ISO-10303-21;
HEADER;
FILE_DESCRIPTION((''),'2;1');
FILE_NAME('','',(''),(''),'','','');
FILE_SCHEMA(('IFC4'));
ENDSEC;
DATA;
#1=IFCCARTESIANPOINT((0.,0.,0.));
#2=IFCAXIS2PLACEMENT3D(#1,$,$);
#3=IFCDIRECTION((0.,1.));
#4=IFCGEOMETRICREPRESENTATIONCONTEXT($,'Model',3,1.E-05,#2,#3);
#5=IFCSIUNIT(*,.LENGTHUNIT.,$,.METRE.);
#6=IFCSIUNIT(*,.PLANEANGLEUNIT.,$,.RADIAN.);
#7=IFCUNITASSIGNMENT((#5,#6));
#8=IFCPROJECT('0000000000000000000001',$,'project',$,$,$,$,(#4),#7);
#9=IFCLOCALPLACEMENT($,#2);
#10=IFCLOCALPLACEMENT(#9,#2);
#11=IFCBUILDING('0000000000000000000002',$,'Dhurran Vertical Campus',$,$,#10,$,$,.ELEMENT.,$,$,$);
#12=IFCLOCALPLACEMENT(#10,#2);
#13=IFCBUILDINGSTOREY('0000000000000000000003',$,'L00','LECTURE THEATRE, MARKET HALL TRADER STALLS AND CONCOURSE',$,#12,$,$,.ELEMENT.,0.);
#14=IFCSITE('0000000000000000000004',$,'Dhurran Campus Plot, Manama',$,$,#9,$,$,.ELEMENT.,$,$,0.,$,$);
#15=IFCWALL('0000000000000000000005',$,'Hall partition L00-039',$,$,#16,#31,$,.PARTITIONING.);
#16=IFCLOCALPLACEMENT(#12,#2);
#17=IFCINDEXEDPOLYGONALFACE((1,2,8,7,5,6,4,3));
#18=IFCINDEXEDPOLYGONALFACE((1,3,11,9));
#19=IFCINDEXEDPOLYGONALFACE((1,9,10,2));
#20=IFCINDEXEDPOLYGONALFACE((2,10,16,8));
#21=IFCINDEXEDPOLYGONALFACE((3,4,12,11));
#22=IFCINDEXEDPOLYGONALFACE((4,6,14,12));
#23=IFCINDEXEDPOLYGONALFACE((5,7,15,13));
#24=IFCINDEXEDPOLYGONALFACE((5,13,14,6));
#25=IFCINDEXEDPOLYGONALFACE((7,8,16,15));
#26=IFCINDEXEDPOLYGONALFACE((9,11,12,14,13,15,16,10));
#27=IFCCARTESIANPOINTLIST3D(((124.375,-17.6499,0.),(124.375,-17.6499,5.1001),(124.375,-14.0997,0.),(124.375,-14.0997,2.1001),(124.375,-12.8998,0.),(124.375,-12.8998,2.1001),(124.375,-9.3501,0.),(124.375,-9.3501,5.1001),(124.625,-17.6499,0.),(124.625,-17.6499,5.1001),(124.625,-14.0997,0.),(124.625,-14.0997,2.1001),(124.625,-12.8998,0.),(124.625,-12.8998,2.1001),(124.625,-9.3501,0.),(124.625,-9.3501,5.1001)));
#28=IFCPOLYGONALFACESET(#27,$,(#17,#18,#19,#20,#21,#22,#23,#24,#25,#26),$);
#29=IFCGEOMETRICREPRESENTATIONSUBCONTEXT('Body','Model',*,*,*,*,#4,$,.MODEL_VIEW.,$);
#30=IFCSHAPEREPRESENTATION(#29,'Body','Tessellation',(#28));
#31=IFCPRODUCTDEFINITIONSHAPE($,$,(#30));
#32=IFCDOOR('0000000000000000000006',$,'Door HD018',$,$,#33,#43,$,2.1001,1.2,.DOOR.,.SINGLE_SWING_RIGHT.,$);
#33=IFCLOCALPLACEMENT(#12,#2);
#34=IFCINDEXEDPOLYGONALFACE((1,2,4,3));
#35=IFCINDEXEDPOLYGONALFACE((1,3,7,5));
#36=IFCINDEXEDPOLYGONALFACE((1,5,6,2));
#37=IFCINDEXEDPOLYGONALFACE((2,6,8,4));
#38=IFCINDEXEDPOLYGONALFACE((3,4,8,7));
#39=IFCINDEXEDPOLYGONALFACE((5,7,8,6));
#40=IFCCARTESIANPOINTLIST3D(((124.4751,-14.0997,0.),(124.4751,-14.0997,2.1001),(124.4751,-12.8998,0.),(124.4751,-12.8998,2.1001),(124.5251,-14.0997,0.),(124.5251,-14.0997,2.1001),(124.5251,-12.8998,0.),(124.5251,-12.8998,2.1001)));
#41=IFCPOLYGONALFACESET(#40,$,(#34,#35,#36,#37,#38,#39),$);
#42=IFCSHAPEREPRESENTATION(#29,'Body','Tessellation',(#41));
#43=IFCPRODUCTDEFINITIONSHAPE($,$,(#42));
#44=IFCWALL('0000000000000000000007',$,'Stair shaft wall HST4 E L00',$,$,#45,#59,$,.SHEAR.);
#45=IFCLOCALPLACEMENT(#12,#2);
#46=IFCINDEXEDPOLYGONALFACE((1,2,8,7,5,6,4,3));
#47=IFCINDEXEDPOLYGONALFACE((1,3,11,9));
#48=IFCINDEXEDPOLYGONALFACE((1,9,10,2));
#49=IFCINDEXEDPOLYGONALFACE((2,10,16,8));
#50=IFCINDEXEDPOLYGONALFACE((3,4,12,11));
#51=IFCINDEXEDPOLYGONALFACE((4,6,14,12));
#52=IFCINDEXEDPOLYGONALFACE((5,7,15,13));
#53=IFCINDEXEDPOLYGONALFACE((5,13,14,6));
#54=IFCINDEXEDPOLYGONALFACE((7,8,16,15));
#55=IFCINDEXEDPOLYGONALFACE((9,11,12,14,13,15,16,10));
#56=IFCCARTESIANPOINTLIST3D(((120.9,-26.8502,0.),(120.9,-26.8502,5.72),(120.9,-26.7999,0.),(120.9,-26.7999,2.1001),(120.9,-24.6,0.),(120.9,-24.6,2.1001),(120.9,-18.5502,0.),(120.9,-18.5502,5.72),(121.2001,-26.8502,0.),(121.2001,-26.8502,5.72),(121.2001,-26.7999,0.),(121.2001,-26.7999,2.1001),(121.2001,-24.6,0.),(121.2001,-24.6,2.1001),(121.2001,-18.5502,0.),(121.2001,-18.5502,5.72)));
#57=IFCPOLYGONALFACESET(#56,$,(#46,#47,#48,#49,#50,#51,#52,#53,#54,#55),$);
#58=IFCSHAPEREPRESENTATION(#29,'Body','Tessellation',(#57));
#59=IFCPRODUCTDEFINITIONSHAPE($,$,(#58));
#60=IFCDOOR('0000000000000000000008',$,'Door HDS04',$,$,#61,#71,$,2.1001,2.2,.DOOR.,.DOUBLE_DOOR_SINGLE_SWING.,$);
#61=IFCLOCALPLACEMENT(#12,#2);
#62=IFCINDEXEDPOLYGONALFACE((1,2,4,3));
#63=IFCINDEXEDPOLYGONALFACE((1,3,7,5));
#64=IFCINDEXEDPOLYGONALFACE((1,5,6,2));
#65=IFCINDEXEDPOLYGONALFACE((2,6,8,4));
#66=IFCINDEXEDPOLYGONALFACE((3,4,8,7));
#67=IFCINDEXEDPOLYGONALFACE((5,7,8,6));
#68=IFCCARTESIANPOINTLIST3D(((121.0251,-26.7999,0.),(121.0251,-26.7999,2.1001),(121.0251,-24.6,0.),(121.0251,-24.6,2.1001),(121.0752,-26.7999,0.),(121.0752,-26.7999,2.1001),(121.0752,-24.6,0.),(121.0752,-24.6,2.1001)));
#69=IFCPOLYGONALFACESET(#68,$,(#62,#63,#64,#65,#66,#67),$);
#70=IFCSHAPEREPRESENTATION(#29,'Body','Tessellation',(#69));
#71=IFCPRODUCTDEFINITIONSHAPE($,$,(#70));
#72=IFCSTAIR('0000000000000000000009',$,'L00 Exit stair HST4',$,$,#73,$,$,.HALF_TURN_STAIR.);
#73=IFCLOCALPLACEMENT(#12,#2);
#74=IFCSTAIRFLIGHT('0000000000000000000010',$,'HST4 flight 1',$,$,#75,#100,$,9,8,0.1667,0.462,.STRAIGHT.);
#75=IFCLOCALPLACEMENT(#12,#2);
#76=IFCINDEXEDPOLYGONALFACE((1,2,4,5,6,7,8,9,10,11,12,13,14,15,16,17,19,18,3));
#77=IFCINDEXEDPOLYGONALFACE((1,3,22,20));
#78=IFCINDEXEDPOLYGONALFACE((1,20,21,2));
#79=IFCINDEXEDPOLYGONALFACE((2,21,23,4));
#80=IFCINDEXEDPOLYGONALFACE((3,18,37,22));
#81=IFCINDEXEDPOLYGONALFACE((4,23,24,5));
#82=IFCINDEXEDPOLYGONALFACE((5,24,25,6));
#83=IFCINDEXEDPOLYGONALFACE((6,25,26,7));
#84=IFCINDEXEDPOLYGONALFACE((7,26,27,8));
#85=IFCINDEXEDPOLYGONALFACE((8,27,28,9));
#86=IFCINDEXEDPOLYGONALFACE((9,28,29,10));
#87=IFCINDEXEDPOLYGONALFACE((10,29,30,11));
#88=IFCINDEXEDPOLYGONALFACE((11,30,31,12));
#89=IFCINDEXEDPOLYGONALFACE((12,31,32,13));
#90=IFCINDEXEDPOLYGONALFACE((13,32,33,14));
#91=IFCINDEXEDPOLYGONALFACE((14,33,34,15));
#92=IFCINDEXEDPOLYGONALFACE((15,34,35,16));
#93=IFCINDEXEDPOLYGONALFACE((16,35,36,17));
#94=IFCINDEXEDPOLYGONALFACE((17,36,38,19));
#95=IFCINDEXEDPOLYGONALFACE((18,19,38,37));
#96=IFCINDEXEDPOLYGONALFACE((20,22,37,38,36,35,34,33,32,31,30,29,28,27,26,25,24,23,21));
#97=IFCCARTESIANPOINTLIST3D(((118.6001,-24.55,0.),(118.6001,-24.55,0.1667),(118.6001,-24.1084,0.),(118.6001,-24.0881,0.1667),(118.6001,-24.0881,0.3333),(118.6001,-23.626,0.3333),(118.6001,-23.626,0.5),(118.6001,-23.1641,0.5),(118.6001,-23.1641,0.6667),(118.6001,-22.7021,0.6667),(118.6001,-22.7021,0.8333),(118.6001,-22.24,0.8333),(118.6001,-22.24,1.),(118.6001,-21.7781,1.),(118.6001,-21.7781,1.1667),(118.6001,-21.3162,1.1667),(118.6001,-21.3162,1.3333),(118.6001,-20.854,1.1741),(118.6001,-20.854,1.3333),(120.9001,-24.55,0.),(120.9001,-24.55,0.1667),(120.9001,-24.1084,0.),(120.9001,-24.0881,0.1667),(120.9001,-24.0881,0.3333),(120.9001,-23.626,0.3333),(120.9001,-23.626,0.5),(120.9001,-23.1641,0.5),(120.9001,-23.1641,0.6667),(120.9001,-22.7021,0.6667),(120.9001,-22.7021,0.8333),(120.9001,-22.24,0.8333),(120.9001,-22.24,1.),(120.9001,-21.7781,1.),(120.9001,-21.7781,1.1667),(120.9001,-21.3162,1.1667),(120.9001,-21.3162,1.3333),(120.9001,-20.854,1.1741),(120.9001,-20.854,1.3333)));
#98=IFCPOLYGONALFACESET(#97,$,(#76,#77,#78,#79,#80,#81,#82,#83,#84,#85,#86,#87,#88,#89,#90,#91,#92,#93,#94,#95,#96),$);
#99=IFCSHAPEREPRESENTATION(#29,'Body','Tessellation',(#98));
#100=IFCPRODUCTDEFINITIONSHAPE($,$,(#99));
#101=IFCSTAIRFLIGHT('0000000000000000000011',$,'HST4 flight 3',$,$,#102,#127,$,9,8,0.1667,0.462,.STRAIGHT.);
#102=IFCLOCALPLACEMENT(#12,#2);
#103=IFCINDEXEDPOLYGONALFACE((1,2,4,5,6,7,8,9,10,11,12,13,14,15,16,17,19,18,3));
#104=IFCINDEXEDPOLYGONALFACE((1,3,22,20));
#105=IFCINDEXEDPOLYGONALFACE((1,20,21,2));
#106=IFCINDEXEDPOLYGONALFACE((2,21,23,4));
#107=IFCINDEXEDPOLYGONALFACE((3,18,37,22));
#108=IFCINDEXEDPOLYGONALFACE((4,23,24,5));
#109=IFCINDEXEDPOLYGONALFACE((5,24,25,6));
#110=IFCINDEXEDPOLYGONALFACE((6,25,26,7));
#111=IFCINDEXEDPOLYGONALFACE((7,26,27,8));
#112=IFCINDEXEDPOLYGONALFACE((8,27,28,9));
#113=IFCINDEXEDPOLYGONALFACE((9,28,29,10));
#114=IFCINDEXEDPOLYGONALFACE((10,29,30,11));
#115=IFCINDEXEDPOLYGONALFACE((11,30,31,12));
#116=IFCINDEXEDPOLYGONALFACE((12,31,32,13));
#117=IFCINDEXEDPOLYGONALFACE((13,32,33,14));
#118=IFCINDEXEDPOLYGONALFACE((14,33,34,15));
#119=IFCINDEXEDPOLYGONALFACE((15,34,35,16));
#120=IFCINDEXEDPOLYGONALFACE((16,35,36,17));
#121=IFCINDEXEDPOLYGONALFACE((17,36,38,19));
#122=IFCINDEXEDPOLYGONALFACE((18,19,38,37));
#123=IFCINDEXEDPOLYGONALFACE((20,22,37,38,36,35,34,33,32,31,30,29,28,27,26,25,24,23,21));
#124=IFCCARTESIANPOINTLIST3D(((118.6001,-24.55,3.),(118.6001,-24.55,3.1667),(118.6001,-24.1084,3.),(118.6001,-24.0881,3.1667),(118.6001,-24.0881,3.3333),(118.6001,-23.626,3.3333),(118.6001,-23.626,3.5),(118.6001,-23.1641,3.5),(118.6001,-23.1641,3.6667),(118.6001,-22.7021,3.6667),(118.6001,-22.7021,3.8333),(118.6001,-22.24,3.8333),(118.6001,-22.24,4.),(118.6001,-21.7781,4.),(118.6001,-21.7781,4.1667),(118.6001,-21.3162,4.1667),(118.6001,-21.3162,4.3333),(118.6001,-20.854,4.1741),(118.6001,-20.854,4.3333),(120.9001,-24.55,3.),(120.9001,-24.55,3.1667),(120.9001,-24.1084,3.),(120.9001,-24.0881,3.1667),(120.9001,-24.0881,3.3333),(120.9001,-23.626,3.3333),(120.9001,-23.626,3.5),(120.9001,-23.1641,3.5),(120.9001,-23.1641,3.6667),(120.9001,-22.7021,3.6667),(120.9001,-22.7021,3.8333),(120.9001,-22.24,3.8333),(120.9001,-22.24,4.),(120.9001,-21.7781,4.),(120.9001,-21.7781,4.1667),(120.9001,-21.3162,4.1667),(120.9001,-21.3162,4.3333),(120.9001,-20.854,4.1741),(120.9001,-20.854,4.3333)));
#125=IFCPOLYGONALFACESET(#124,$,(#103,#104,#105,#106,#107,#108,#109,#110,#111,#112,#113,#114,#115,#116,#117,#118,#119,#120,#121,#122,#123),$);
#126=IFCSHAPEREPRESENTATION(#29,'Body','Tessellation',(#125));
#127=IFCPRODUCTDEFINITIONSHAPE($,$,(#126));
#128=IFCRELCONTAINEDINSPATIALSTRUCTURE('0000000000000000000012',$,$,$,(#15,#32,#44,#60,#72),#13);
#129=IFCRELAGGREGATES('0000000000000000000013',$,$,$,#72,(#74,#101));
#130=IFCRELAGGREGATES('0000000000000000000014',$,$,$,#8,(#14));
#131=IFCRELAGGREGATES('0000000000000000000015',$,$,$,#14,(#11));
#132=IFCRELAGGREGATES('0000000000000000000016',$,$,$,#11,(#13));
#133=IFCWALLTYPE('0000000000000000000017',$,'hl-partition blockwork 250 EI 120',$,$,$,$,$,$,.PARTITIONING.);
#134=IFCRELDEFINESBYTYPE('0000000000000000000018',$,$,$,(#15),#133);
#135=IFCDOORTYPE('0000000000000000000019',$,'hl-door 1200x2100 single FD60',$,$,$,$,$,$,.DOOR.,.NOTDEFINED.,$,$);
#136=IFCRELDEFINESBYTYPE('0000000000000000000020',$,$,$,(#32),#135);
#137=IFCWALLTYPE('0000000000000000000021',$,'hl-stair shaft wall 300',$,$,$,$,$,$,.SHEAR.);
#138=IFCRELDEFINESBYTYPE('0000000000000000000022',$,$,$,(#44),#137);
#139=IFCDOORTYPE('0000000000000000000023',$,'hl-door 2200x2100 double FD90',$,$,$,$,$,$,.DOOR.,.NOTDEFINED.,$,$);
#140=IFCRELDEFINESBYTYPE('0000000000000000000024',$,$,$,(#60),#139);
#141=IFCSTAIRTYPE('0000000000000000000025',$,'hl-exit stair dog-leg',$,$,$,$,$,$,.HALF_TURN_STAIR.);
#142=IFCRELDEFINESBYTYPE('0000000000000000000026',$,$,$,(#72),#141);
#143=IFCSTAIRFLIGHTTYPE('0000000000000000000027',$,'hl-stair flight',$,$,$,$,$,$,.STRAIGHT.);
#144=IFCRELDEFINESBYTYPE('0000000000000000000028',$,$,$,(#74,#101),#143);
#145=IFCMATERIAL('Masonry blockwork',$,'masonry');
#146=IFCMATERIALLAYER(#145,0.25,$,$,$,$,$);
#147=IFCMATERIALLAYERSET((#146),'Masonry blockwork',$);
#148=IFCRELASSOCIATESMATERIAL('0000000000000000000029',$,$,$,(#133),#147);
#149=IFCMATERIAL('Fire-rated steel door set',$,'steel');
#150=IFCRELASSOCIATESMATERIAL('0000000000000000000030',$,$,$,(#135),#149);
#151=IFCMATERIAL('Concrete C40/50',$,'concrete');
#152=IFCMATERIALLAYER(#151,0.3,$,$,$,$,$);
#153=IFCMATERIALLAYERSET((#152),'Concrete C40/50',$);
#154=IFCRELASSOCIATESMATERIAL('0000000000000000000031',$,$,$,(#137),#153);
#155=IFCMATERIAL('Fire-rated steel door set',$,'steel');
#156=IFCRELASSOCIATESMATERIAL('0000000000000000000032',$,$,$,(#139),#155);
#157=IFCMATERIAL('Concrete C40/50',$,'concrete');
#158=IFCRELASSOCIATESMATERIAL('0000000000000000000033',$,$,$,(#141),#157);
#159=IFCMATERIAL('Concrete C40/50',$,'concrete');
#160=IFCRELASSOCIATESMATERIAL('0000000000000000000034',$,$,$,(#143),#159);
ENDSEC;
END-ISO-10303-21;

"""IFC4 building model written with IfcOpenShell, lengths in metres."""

from ifc_helpers import new_model, si_unit, direction, frame, frame_2d, origin, place, context, subcontext, project, spatial, polyline, rectangle, outline, extrude, material, layer, layer_set, type_object, element, fill, aggregate, save


model = new_model("IFC4")

# Units and contexts
model_context = context("Model", 3, precision=1e-05, world=origin(), true_north=direction((0.0, 1.0)))
body_context = subcontext(model_context, "Body", "Model", "MODEL_VIEW")
ifc_project = project(units=[si_unit("LENGTHUNIT", "METRE"), si_unit("PLANEANGLEUNIT", "RADIAN")], contexts=[model_context])

# Site, building, storey
site_placement = place(None, origin())
site = spatial("IfcSite", under=ifc_project, at=site_placement, Name="Dhurran Campus Plot, Manama", CompositionType="ELEMENT", RefElevation=0.0)
building_placement = place(site_placement, origin())
building = spatial("IfcBuilding", under=site, at=building_placement, Name="Dhurran Vertical Campus", CompositionType="ELEMENT")
storey_placement = place(building_placement, origin())
storey = spatial("IfcBuildingStorey", under=building, at=storey_placement, Name="L00", Description="LECTURE THEATRE, MARKET HALL TRADER STALLS AND CONCOURSE", CompositionType="ELEMENT", Elevation=0.0)

# Shared definitions
ifc_material_1 = material(Name="Masonry blockwork", Category="masonry")
ifc_layer_1 = layer(ifc_material_1, 0.25)
ifc_layer_set_1 = layer_set([ifc_layer_1], Name="Masonry blockwork")
wall_type_1 = type_object("IfcWallType", Name="hl-partition blockwork 250 EI 120", PredefinedType="PARTITIONING", material=ifc_layer_set_1)

# Walls, openings, doors
wall_1_placement = place(storey_placement, frame((124.5, -17.6499, 0.0), z_axis=(0.0, 0.0, 1.0), x_axis=(0.0, 1.0, 0.0)))
wall_1 = element("IfcWall", 1, at=wall_1_placement, inside=storey, type_object=wall_type_1, Name="Hall partition L00-039", PredefinedType="PARTITIONING", context=body_context, shape_type="SweptSolid", body=[
    extrude(rectangle(XDim=8.2998, YDim=0.25, at=frame_2d((4.1499, 0.0))), origin(), (0.0, 0.0, 1.0), 5.1001),
])
opening_1_placement = place(wall_1_placement, frame((3.55, 0.0, 0.0)))
opening_1 = element("IfcOpeningElement", 2, at=opening_1_placement, cuts=wall_1, PredefinedType="OPENING", context=body_context, shape_type="SweptSolid", body=[
    extrude(rectangle(XDim=1.2, YDim=2.1001, at=frame_2d((0.6001, 1.05))), frame((0.0, 0.135, 0.0), z_axis=(0.0, -1.0, 0.0), x_axis=(1.0, 0.0, 0.0)), (0.0, 0.0, 1.0), 0.27),
])
ifc_material_2 = material(Name="Fire-rated steel door set", Category="steel")
door_type_1 = type_object("IfcDoorType", Name="hl-door 1200x2100 single FD60", OperationType="NOTDEFINED", PredefinedType="DOOR", material=ifc_material_2)
door_1_placement = place(opening_1_placement, origin())
door_1 = element("IfcDoor", 3, at=door_1_placement, inside=storey, type_object=door_type_1, Name="Door HD018", OperationType="SINGLE_SWING_RIGHT", OverallHeight=2.1001, OverallWidth=1.2, PredefinedType="DOOR", context=body_context, shape_type="SweptSolid", body=[
    extrude(rectangle(XDim=1.2, YDim=2.1001, at=frame_2d((0.6001, 1.05))), frame((0.0, 0.0249, 0.0), z_axis=(0.0, -1.0, 0.0), x_axis=(1.0, 0.0, 0.0)), (0.0, 0.0, 1.0), 0.05),
])
fill(opening_1, door_1)
ifc_material_3 = material(Name="Concrete C40/50", Category="concrete")
ifc_layer_2 = layer(ifc_material_3, 0.3)
ifc_layer_set_2 = layer_set([ifc_layer_2], Name="Concrete C40/50")
wall_type_2 = type_object("IfcWallType", Name="hl-stair shaft wall 300", PredefinedType="SHEAR", material=ifc_layer_set_2)
wall_2_placement = place(storey_placement, frame((121.05, -26.8501, 0.0), z_axis=(0.0, 0.0, 1.0), x_axis=(0.0, 1.0, 0.0)))
wall_2 = element("IfcWall", 4, at=wall_2_placement, inside=storey, type_object=wall_type_2, Name="Stair shaft wall HST4 E L00", PredefinedType="SHEAR", context=body_context, shape_type="SweptSolid", body=[
    extrude(rectangle(XDim=8.3, YDim=0.3, at=frame_2d((4.1499, 0.0))), origin(), (0.0, 0.0, 1.0), 5.72),
])
opening_2_placement = place(wall_2_placement, frame((0.05, 0.0, 0.0)))
opening_2 = element("IfcOpeningElement", 5, at=opening_2_placement, cuts=wall_2, PredefinedType="OPENING", context=body_context, shape_type="SweptSolid", body=[
    extrude(rectangle(XDim=2.2, YDim=2.1001, at=frame_2d((1.1001, 1.05))), frame((0.0, 0.1599, 0.0), z_axis=(0.0, -1.0, 0.0), x_axis=(1.0, 0.0, 0.0)), (0.0, 0.0, 1.0), 0.3201),
])
ifc_material_4 = material(Name="Fire-rated steel door set", Category="steel")
door_type_2 = type_object("IfcDoorType", Name="hl-door 2200x2100 double FD90", OperationType="NOTDEFINED", PredefinedType="DOOR", material=ifc_material_4)
door_2_placement = place(opening_2_placement, origin())
door_2 = element("IfcDoor", 6, at=door_2_placement, inside=storey, type_object=door_type_2, Name="Door HDS04", OperationType="DOUBLE_DOOR_SINGLE_SWING", OverallHeight=2.1001, OverallWidth=2.2, PredefinedType="DOOR", context=body_context, shape_type="SweptSolid", body=[
    extrude(rectangle(XDim=2.2, YDim=2.1001, at=frame_2d((1.1001, 1.05))), frame((0.0, 0.0249, 0.0), z_axis=(0.0, -1.0, 0.0), x_axis=(1.0, 0.0, 0.0)), (0.0, 0.0, 1.0), 0.05),
])
fill(opening_2, door_2)

# Stair, stair flights
ifc_material_5 = material(Name="Concrete C40/50", Category="concrete")
stair_type = type_object("IfcStairType", Name="hl-exit stair dog-leg", PredefinedType="HALF_TURN_STAIR", material=ifc_material_5)
stair_placement = place(storey_placement, origin())
stair = element("IfcStair", 7, at=stair_placement, inside=storey, type_object=stair_type, Name="L00 Exit stair HST4", PredefinedType="HALF_TURN_STAIR")
ifc_material_6 = material(Name="Concrete C40/50", Category="concrete")
stair_flight_type = type_object("IfcStairFlightType", Name="hl-stair flight", PredefinedType="STRAIGHT", material=ifc_material_6)
stair_flight_1_placement = place(storey_placement, frame((119.75, -24.55, 0.0), z_axis=(0.0, 0.0, 1.0), x_axis=(0.0, 1.0, 0.0)))
stair_flight_1 = element("IfcStairFlight", 8, at=stair_flight_1_placement, type_object=stair_flight_type, Name="HST4 flight 1", NumberOfRisers=9, NumberOfTreads=8, PredefinedType="STRAIGHT", RiserHeight=0.1667, TreadLength=0.462, context=body_context, shape_type="SweptSolid", body=[
    extrude(outline(polyline([(0.0, 0.0), (0.0, 0.1667), (0.4619, 0.1667), (0.4619, 0.3333), (0.9241, 0.3333), (0.9241, 0.5), (1.386, 0.5), (1.386, 0.6667), (1.8479, 0.6667), (1.8479, 0.8333), (2.3101, 0.8333), (2.3101, 1.0), (2.772, 1.0), (2.772, 1.1667), (3.2339, 1.1667), (3.2339, 1.3333), (3.696, 1.3333), (3.696, 1.5), (3.696, 1.1741), (0.4417, 0.0), (0.0, 0.0)])), frame((0.0, 1.1499, 0.0), z_axis=(0.0, -1.0, 0.0), x_axis=(1.0, 0.0, 0.0)), (0.0, 0.0, 1.0), 2.3),
])
stair_flight_2_placement = place(storey_placement, frame((119.75, -24.55, 3.0), z_axis=(0.0, 0.0, 1.0), x_axis=(0.0, 1.0, 0.0)))
stair_flight_2 = element("IfcStairFlight", 9, at=stair_flight_2_placement, type_object=stair_flight_type, Name="HST4 flight 3", NumberOfRisers=9, NumberOfTreads=8, PredefinedType="STRAIGHT", RiserHeight=0.1667, TreadLength=0.462, context=body_context, shape_type="SweptSolid", body=[
    extrude(outline(polyline([(0.0, 0.0), (0.0, 0.1667), (0.4619, 0.1667), (0.4619, 0.3333), (0.9241, 0.3333), (0.9241, 0.5), (1.386, 0.5), (1.386, 0.6667), (1.8479, 0.6667), (1.8479, 0.8333), (2.3101, 0.8333), (2.3101, 1.0), (2.772, 1.0), (2.772, 1.1667), (3.2339, 1.1667), (3.2339, 1.3333), (3.696, 1.3333), (3.696, 1.5), (3.696, 1.1741), (0.4417, 0.0), (0.0, 0.0)])), frame((0.0, 1.1499, 0.0), z_axis=(0.0, -1.0, 0.0), x_axis=(1.0, 0.0, 0.0)), (0.0, 0.0, 1.0), 2.3),
])
aggregate(stair, [stair_flight_1, stair_flight_2])

save(model, "model.ifc")
